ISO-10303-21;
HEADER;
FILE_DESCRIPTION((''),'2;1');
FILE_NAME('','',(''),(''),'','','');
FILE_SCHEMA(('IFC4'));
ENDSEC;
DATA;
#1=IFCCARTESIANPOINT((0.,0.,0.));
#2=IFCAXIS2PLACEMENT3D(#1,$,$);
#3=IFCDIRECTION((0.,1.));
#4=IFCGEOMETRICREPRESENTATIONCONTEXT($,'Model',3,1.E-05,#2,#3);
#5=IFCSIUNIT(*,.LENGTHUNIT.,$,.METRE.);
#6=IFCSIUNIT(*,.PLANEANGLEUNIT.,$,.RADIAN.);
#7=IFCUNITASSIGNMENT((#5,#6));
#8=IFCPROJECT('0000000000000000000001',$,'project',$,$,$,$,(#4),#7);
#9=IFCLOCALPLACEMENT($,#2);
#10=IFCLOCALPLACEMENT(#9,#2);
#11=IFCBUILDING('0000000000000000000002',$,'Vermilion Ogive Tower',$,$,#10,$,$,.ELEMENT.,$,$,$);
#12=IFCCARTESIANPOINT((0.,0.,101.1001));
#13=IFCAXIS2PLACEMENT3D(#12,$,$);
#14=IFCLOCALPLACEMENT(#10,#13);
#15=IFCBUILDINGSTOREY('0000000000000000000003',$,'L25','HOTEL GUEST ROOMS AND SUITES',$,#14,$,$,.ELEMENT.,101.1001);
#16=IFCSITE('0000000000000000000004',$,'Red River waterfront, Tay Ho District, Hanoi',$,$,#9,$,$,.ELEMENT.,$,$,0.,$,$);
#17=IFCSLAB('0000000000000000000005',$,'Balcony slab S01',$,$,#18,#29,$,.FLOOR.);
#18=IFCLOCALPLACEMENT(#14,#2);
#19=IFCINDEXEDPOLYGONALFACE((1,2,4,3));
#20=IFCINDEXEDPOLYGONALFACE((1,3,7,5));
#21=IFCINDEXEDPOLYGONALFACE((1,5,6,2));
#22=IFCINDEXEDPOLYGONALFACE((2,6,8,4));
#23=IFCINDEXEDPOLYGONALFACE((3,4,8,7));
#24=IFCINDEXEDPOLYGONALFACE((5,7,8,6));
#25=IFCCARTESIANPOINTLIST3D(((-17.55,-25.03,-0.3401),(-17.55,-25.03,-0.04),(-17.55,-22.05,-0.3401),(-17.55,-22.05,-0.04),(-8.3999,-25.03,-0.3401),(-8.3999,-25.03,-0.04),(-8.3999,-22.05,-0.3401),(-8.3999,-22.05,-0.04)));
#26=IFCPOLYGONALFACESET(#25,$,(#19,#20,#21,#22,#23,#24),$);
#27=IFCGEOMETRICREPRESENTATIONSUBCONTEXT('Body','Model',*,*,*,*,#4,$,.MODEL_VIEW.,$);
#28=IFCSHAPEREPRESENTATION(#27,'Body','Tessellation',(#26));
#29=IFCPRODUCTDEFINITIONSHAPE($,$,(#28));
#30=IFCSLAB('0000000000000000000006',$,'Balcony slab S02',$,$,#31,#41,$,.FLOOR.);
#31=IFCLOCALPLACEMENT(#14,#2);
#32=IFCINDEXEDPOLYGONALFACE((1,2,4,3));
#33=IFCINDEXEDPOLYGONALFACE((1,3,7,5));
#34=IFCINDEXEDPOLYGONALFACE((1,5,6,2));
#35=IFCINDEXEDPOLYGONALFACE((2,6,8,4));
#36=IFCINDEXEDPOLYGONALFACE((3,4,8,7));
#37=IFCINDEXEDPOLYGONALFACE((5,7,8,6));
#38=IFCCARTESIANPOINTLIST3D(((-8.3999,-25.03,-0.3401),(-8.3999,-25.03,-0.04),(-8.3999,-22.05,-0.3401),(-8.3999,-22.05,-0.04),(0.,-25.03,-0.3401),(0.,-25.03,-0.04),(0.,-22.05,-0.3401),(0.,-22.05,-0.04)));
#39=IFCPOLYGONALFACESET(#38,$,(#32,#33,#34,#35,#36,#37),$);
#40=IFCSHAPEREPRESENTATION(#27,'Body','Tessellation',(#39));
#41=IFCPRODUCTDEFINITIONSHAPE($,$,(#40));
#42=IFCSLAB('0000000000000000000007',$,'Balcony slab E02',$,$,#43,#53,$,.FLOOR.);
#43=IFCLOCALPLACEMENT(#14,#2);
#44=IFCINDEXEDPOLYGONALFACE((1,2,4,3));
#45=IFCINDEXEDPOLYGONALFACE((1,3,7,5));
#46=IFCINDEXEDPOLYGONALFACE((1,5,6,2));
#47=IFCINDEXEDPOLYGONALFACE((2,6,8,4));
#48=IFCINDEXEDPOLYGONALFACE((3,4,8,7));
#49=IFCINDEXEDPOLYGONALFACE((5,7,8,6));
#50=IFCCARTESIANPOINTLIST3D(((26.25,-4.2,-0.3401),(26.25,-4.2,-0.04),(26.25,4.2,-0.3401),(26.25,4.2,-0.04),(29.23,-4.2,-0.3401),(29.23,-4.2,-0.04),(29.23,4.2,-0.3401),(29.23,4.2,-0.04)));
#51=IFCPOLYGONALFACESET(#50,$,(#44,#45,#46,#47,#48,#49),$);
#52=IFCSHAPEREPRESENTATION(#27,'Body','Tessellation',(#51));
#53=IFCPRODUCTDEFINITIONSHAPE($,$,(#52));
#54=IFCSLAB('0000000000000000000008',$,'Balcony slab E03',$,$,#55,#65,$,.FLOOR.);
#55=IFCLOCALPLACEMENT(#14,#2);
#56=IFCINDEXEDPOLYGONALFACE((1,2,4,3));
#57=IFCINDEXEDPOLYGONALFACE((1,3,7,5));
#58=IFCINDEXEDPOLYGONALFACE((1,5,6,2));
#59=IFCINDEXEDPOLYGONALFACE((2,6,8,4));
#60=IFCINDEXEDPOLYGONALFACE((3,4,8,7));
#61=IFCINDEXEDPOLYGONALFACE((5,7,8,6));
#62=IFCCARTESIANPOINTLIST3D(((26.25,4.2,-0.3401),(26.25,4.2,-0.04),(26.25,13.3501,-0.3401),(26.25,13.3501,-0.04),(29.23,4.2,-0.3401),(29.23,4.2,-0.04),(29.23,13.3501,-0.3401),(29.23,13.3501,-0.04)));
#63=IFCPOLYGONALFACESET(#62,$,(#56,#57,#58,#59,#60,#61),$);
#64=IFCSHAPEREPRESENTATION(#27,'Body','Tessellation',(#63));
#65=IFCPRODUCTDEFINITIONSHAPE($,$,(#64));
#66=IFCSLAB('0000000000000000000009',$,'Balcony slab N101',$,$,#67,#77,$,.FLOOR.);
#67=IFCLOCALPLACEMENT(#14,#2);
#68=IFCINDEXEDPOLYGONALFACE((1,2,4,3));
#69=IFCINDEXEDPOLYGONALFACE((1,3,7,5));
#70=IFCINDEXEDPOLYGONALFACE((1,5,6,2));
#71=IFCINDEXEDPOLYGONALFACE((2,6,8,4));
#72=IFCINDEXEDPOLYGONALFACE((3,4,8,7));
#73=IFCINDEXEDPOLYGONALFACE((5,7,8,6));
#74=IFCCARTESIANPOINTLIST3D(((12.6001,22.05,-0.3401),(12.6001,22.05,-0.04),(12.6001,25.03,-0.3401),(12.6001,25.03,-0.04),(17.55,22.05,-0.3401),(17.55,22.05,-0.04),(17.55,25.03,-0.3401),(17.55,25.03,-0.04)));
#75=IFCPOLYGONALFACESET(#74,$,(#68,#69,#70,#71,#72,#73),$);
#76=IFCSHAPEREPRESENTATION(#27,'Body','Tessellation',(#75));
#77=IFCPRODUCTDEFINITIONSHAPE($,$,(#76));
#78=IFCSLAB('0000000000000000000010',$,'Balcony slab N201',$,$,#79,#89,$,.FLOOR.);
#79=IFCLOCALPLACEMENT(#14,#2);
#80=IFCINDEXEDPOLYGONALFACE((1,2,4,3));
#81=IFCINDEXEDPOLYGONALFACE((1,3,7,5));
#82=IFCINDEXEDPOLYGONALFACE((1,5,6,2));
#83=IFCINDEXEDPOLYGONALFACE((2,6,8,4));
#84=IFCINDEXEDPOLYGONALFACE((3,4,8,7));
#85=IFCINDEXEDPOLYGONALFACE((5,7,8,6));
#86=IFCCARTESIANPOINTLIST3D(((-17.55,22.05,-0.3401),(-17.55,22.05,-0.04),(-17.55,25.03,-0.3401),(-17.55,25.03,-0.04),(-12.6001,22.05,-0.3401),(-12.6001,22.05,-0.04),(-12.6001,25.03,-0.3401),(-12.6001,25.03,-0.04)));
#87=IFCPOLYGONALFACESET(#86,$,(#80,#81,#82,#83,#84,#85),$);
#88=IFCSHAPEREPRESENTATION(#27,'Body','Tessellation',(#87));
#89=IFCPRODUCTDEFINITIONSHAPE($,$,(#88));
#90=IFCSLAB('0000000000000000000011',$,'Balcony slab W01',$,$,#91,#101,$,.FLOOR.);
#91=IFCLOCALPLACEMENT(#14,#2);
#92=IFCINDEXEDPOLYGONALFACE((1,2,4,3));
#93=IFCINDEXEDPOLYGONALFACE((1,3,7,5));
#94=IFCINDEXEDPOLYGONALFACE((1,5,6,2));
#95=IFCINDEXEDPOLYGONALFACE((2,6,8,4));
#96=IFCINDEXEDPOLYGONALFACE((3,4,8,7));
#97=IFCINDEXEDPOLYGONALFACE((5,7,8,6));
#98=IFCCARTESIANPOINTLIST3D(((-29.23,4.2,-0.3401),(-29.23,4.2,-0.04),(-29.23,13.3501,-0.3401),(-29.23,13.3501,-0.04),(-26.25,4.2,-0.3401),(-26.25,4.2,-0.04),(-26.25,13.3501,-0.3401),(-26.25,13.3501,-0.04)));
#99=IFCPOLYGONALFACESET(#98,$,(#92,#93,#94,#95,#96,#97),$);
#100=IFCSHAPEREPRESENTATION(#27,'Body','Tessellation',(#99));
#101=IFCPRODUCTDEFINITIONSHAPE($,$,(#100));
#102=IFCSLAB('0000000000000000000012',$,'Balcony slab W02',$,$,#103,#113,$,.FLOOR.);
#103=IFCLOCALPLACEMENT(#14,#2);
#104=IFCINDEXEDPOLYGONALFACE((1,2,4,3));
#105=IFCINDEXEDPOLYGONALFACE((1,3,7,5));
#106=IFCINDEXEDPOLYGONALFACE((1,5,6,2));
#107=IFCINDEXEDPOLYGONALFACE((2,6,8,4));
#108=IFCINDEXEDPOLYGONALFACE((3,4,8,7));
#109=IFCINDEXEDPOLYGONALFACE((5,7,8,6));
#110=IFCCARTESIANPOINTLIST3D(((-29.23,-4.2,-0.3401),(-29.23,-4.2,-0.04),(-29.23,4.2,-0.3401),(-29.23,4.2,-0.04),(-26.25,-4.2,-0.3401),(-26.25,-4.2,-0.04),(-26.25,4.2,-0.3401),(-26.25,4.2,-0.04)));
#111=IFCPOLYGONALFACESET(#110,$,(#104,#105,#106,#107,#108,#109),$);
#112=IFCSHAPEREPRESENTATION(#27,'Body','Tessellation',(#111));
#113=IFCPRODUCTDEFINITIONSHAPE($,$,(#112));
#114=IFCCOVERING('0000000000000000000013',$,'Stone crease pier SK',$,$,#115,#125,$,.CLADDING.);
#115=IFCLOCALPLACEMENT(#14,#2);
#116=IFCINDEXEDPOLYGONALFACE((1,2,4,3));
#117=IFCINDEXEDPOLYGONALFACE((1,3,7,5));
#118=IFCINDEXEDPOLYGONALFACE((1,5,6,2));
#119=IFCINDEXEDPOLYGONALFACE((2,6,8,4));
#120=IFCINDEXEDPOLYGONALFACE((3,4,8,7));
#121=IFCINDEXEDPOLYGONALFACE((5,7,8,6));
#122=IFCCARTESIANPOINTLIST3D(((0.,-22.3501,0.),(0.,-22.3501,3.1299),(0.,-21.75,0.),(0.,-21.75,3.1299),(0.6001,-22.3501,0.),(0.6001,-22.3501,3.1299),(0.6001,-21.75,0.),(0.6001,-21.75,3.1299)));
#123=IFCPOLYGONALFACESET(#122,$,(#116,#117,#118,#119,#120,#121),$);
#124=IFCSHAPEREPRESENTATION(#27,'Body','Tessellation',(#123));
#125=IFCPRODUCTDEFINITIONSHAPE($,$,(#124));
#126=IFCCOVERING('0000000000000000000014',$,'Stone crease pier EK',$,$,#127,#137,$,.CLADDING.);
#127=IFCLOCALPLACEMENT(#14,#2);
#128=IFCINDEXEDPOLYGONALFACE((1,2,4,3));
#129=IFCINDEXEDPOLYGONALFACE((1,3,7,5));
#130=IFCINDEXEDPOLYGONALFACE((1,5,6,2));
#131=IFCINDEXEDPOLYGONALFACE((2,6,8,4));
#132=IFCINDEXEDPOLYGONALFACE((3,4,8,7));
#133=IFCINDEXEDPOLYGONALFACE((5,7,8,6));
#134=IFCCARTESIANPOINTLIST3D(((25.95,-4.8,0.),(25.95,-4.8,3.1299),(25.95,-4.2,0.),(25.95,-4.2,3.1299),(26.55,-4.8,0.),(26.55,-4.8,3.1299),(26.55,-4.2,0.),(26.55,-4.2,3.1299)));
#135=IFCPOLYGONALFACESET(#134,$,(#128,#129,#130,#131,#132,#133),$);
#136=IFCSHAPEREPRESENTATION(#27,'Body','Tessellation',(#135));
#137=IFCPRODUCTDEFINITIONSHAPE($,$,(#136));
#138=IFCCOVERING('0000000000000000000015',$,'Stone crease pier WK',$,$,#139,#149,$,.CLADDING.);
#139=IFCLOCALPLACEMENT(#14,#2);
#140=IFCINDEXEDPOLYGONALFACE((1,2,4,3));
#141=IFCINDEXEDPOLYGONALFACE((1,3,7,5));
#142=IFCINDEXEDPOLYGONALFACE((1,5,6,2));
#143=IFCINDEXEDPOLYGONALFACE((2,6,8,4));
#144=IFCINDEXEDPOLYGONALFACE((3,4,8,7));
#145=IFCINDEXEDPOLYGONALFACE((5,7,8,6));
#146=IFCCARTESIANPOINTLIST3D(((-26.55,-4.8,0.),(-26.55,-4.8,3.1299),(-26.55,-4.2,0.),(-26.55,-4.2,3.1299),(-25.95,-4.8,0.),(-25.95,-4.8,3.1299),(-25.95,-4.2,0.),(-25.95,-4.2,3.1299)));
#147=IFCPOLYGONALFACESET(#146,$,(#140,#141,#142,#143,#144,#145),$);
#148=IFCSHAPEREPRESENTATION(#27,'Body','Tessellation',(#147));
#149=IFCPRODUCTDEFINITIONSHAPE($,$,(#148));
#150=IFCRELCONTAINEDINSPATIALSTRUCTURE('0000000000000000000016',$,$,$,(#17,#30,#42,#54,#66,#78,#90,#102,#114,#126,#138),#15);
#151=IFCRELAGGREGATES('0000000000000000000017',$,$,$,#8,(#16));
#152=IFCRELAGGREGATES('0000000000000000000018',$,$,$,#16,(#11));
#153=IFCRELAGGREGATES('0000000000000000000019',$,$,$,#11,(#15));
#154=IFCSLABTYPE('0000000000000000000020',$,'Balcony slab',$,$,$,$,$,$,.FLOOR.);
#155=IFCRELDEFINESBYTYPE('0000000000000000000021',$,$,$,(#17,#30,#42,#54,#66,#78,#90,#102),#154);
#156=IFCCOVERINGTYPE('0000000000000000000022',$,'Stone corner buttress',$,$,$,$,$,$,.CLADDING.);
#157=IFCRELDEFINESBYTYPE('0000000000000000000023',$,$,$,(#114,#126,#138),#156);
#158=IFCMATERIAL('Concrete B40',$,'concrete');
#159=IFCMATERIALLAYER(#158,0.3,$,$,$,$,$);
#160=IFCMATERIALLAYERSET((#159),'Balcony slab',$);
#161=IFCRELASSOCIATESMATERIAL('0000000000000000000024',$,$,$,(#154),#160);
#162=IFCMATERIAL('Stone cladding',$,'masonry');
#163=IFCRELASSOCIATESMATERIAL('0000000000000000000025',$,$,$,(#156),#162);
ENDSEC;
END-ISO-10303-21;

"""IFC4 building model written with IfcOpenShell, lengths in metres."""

from ifc_helpers import new_model, si_unit, direction, frame, origin, place, context, subcontext, project, spatial, polyline, outline, extrude, material, layer, layer_set, type_object, element, save


model = new_model("IFC4")

# Units and contexts
model_context = context("Model", 3, precision=1e-05, world=origin(), true_north=direction((0.0, 1.0)))
body_context = subcontext(model_context, "Body", "Model", "MODEL_VIEW")
ifc_project = project(units=[si_unit("LENGTHUNIT", "METRE"), si_unit("PLANEANGLEUNIT", "RADIAN")], contexts=[model_context])

# Site, building, storey
site_placement = place(None, origin())
site = spatial("IfcSite", under=ifc_project, at=site_placement, Name="Red River waterfront, Tay Ho District, Hanoi", CompositionType="ELEMENT", RefElevation=0.0)
building_placement = place(site_placement, origin())
building = spatial("IfcBuilding", under=site, at=building_placement, Name="Vermilion Ogive Tower", CompositionType="ELEMENT")
storey_placement = place(building_placement, frame((0.0, 0.0, 101.1001)))
storey = spatial("IfcBuildingStorey", under=building, at=storey_placement, Name="L25", Description="HOTEL GUEST ROOMS AND SUITES", CompositionType="ELEMENT", Elevation=101.1001)

# Slabs
ifc_material_1 = material(Name="Concrete B40", Category="concrete")
ifc_layer = layer(ifc_material_1, 0.3)
ifc_layer_set = layer_set([ifc_layer], Name="Balcony slab")
slab_type = type_object("IfcSlabType", Name="Balcony slab", PredefinedType="FLOOR", material=ifc_layer_set)
slab_1_placement = place(storey_placement, frame((0.0, 0.0, -0.3401)))
element("IfcSlab", 1, at=slab_1_placement, inside=storey, type_object=slab_type, Name="Balcony slab S01", PredefinedType="FLOOR", context=body_context, shape_type="SweptSolid", body=[
    extrude(outline(polyline([(-17.55, -25.03), (-8.3999, -25.03), (-8.3999, -22.05), (-17.55, -22.05), (-17.55, -25.03)])), origin(), (0.0, 0.0, 1.0), 0.3),
])
slab_2_placement = place(storey_placement, frame((0.0, 0.0, -0.3401)))
element("IfcSlab", 2, at=slab_2_placement, inside=storey, type_object=slab_type, Name="Balcony slab S02", PredefinedType="FLOOR", context=body_context, shape_type="SweptSolid", body=[
    extrude(outline(polyline([(-8.3999, -25.03), (0.0, -25.03), (0.0, -22.05), (-8.3999, -22.05), (-8.3999, -25.03)])), origin(), (0.0, 0.0, 1.0), 0.3),
])
slab_3_placement = place(storey_placement, frame((0.0, 0.0, -0.3401)))
element("IfcSlab", 3, at=slab_3_placement, inside=storey, type_object=slab_type, Name="Balcony slab E02", PredefinedType="FLOOR", context=body_context, shape_type="SweptSolid", body=[
    extrude(outline(polyline([(29.23, -4.2), (29.23, 4.2), (26.25, 4.2), (26.25, -4.2), (29.23, -4.2)])), origin(), (0.0, 0.0, 1.0), 0.3),
])
slab_4_placement = place(storey_placement, frame((0.0, 0.0, -0.3401)))
element("IfcSlab", 4, at=slab_4_placement, inside=storey, type_object=slab_type, Name="Balcony slab E03", PredefinedType="FLOOR", context=body_context, shape_type="SweptSolid", body=[
    extrude(outline(polyline([(29.23, 4.2), (29.23, 13.3501), (26.25, 13.3501), (26.25, 4.2), (29.23, 4.2)])), origin(), (0.0, 0.0, 1.0), 0.3),
])
slab_5_placement = place(storey_placement, frame((0.0, 0.0, -0.3401)))
element("IfcSlab", 5, at=slab_5_placement, inside=storey, type_object=slab_type, Name="Balcony slab N101", PredefinedType="FLOOR", context=body_context, shape_type="SweptSolid", body=[
    extrude(outline(polyline([(17.55, 25.03), (12.6001, 25.03), (12.6001, 22.05), (17.55, 22.05), (17.55, 25.03)])), origin(), (0.0, 0.0, 1.0), 0.3),
])
slab_6_placement = place(storey_placement, frame((0.0, 0.0, -0.3401)))
element("IfcSlab", 6, at=slab_6_placement, inside=storey, type_object=slab_type, Name="Balcony slab N201", PredefinedType="FLOOR", context=body_context, shape_type="SweptSolid", body=[
    extrude(outline(polyline([(-12.6001, 25.03), (-17.55, 25.03), (-17.55, 22.05), (-12.6001, 22.05), (-12.6001, 25.03)])), origin(), (0.0, 0.0, 1.0), 0.3),
])
slab_7_placement = place(storey_placement, frame((0.0, 0.0, -0.3401)))
element("IfcSlab", 7, at=slab_7_placement, inside=storey, type_object=slab_type, Name="Balcony slab W01", PredefinedType="FLOOR", context=body_context, shape_type="SweptSolid", body=[
    extrude(outline(polyline([(-29.23, 13.3501), (-29.23, 4.2), (-26.25, 4.2), (-26.25, 13.3501), (-29.23, 13.3501)])), origin(), (0.0, 0.0, 1.0), 0.3),
])
slab_8_placement = place(storey_placement, frame((0.0, 0.0, -0.3401)))
element("IfcSlab", 8, at=slab_8_placement, inside=storey, type_object=slab_type, Name="Balcony slab W02", PredefinedType="FLOOR", context=body_context, shape_type="SweptSolid", body=[
    extrude(outline(polyline([(-29.23, 4.2), (-29.23, -4.2), (-26.25, -4.2), (-26.25, 4.2), (-29.23, 4.2)])), origin(), (0.0, 0.0, 1.0), 0.3),
])

# Coverings
ifc_material_2 = material(Name="Stone cladding", Category="masonry")
covering_type = type_object("IfcCoveringType", Name="Stone corner buttress", PredefinedType="CLADDING", material=ifc_material_2)
covering_1_placement = place(storey_placement, origin())
element("IfcCovering", 9, at=covering_1_placement, inside=storey, type_object=covering_type, Name="Stone crease pier SK", PredefinedType="CLADDING", context=body_context, shape_type="SweptSolid", body=[
    extrude(outline(polyline([(0.0, -22.3501), (0.6001, -22.3501), (0.6001, -21.75), (0.0, -21.75), (0.0, -22.3501)])), origin(), (0.0, 0.0, 1.0), 3.1299),
])
covering_2_placement = place(storey_placement, origin())
element("IfcCovering", 10, at=covering_2_placement, inside=storey, type_object=covering_type, Name="Stone crease pier EK", PredefinedType="CLADDING", context=body_context, shape_type="SweptSolid", body=[
    extrude(outline(polyline([(26.55, -4.8), (26.55, -4.2), (25.95, -4.2), (25.95, -4.8), (26.55, -4.8)])), origin(), (0.0, 0.0, 1.0), 3.1299),
])
covering_3_placement = place(storey_placement, origin())
element("IfcCovering", 11, at=covering_3_placement, inside=storey, type_object=covering_type, Name="Stone crease pier WK", PredefinedType="CLADDING", context=body_context, shape_type="SweptSolid", body=[
    extrude(outline(polyline([(-26.55, -4.2), (-26.55, -4.8), (-25.95, -4.8), (-25.95, -4.2), (-26.55, -4.2)])), origin(), (0.0, 0.0, 1.0), 3.1299),
])

save(model, "model.ifc")
